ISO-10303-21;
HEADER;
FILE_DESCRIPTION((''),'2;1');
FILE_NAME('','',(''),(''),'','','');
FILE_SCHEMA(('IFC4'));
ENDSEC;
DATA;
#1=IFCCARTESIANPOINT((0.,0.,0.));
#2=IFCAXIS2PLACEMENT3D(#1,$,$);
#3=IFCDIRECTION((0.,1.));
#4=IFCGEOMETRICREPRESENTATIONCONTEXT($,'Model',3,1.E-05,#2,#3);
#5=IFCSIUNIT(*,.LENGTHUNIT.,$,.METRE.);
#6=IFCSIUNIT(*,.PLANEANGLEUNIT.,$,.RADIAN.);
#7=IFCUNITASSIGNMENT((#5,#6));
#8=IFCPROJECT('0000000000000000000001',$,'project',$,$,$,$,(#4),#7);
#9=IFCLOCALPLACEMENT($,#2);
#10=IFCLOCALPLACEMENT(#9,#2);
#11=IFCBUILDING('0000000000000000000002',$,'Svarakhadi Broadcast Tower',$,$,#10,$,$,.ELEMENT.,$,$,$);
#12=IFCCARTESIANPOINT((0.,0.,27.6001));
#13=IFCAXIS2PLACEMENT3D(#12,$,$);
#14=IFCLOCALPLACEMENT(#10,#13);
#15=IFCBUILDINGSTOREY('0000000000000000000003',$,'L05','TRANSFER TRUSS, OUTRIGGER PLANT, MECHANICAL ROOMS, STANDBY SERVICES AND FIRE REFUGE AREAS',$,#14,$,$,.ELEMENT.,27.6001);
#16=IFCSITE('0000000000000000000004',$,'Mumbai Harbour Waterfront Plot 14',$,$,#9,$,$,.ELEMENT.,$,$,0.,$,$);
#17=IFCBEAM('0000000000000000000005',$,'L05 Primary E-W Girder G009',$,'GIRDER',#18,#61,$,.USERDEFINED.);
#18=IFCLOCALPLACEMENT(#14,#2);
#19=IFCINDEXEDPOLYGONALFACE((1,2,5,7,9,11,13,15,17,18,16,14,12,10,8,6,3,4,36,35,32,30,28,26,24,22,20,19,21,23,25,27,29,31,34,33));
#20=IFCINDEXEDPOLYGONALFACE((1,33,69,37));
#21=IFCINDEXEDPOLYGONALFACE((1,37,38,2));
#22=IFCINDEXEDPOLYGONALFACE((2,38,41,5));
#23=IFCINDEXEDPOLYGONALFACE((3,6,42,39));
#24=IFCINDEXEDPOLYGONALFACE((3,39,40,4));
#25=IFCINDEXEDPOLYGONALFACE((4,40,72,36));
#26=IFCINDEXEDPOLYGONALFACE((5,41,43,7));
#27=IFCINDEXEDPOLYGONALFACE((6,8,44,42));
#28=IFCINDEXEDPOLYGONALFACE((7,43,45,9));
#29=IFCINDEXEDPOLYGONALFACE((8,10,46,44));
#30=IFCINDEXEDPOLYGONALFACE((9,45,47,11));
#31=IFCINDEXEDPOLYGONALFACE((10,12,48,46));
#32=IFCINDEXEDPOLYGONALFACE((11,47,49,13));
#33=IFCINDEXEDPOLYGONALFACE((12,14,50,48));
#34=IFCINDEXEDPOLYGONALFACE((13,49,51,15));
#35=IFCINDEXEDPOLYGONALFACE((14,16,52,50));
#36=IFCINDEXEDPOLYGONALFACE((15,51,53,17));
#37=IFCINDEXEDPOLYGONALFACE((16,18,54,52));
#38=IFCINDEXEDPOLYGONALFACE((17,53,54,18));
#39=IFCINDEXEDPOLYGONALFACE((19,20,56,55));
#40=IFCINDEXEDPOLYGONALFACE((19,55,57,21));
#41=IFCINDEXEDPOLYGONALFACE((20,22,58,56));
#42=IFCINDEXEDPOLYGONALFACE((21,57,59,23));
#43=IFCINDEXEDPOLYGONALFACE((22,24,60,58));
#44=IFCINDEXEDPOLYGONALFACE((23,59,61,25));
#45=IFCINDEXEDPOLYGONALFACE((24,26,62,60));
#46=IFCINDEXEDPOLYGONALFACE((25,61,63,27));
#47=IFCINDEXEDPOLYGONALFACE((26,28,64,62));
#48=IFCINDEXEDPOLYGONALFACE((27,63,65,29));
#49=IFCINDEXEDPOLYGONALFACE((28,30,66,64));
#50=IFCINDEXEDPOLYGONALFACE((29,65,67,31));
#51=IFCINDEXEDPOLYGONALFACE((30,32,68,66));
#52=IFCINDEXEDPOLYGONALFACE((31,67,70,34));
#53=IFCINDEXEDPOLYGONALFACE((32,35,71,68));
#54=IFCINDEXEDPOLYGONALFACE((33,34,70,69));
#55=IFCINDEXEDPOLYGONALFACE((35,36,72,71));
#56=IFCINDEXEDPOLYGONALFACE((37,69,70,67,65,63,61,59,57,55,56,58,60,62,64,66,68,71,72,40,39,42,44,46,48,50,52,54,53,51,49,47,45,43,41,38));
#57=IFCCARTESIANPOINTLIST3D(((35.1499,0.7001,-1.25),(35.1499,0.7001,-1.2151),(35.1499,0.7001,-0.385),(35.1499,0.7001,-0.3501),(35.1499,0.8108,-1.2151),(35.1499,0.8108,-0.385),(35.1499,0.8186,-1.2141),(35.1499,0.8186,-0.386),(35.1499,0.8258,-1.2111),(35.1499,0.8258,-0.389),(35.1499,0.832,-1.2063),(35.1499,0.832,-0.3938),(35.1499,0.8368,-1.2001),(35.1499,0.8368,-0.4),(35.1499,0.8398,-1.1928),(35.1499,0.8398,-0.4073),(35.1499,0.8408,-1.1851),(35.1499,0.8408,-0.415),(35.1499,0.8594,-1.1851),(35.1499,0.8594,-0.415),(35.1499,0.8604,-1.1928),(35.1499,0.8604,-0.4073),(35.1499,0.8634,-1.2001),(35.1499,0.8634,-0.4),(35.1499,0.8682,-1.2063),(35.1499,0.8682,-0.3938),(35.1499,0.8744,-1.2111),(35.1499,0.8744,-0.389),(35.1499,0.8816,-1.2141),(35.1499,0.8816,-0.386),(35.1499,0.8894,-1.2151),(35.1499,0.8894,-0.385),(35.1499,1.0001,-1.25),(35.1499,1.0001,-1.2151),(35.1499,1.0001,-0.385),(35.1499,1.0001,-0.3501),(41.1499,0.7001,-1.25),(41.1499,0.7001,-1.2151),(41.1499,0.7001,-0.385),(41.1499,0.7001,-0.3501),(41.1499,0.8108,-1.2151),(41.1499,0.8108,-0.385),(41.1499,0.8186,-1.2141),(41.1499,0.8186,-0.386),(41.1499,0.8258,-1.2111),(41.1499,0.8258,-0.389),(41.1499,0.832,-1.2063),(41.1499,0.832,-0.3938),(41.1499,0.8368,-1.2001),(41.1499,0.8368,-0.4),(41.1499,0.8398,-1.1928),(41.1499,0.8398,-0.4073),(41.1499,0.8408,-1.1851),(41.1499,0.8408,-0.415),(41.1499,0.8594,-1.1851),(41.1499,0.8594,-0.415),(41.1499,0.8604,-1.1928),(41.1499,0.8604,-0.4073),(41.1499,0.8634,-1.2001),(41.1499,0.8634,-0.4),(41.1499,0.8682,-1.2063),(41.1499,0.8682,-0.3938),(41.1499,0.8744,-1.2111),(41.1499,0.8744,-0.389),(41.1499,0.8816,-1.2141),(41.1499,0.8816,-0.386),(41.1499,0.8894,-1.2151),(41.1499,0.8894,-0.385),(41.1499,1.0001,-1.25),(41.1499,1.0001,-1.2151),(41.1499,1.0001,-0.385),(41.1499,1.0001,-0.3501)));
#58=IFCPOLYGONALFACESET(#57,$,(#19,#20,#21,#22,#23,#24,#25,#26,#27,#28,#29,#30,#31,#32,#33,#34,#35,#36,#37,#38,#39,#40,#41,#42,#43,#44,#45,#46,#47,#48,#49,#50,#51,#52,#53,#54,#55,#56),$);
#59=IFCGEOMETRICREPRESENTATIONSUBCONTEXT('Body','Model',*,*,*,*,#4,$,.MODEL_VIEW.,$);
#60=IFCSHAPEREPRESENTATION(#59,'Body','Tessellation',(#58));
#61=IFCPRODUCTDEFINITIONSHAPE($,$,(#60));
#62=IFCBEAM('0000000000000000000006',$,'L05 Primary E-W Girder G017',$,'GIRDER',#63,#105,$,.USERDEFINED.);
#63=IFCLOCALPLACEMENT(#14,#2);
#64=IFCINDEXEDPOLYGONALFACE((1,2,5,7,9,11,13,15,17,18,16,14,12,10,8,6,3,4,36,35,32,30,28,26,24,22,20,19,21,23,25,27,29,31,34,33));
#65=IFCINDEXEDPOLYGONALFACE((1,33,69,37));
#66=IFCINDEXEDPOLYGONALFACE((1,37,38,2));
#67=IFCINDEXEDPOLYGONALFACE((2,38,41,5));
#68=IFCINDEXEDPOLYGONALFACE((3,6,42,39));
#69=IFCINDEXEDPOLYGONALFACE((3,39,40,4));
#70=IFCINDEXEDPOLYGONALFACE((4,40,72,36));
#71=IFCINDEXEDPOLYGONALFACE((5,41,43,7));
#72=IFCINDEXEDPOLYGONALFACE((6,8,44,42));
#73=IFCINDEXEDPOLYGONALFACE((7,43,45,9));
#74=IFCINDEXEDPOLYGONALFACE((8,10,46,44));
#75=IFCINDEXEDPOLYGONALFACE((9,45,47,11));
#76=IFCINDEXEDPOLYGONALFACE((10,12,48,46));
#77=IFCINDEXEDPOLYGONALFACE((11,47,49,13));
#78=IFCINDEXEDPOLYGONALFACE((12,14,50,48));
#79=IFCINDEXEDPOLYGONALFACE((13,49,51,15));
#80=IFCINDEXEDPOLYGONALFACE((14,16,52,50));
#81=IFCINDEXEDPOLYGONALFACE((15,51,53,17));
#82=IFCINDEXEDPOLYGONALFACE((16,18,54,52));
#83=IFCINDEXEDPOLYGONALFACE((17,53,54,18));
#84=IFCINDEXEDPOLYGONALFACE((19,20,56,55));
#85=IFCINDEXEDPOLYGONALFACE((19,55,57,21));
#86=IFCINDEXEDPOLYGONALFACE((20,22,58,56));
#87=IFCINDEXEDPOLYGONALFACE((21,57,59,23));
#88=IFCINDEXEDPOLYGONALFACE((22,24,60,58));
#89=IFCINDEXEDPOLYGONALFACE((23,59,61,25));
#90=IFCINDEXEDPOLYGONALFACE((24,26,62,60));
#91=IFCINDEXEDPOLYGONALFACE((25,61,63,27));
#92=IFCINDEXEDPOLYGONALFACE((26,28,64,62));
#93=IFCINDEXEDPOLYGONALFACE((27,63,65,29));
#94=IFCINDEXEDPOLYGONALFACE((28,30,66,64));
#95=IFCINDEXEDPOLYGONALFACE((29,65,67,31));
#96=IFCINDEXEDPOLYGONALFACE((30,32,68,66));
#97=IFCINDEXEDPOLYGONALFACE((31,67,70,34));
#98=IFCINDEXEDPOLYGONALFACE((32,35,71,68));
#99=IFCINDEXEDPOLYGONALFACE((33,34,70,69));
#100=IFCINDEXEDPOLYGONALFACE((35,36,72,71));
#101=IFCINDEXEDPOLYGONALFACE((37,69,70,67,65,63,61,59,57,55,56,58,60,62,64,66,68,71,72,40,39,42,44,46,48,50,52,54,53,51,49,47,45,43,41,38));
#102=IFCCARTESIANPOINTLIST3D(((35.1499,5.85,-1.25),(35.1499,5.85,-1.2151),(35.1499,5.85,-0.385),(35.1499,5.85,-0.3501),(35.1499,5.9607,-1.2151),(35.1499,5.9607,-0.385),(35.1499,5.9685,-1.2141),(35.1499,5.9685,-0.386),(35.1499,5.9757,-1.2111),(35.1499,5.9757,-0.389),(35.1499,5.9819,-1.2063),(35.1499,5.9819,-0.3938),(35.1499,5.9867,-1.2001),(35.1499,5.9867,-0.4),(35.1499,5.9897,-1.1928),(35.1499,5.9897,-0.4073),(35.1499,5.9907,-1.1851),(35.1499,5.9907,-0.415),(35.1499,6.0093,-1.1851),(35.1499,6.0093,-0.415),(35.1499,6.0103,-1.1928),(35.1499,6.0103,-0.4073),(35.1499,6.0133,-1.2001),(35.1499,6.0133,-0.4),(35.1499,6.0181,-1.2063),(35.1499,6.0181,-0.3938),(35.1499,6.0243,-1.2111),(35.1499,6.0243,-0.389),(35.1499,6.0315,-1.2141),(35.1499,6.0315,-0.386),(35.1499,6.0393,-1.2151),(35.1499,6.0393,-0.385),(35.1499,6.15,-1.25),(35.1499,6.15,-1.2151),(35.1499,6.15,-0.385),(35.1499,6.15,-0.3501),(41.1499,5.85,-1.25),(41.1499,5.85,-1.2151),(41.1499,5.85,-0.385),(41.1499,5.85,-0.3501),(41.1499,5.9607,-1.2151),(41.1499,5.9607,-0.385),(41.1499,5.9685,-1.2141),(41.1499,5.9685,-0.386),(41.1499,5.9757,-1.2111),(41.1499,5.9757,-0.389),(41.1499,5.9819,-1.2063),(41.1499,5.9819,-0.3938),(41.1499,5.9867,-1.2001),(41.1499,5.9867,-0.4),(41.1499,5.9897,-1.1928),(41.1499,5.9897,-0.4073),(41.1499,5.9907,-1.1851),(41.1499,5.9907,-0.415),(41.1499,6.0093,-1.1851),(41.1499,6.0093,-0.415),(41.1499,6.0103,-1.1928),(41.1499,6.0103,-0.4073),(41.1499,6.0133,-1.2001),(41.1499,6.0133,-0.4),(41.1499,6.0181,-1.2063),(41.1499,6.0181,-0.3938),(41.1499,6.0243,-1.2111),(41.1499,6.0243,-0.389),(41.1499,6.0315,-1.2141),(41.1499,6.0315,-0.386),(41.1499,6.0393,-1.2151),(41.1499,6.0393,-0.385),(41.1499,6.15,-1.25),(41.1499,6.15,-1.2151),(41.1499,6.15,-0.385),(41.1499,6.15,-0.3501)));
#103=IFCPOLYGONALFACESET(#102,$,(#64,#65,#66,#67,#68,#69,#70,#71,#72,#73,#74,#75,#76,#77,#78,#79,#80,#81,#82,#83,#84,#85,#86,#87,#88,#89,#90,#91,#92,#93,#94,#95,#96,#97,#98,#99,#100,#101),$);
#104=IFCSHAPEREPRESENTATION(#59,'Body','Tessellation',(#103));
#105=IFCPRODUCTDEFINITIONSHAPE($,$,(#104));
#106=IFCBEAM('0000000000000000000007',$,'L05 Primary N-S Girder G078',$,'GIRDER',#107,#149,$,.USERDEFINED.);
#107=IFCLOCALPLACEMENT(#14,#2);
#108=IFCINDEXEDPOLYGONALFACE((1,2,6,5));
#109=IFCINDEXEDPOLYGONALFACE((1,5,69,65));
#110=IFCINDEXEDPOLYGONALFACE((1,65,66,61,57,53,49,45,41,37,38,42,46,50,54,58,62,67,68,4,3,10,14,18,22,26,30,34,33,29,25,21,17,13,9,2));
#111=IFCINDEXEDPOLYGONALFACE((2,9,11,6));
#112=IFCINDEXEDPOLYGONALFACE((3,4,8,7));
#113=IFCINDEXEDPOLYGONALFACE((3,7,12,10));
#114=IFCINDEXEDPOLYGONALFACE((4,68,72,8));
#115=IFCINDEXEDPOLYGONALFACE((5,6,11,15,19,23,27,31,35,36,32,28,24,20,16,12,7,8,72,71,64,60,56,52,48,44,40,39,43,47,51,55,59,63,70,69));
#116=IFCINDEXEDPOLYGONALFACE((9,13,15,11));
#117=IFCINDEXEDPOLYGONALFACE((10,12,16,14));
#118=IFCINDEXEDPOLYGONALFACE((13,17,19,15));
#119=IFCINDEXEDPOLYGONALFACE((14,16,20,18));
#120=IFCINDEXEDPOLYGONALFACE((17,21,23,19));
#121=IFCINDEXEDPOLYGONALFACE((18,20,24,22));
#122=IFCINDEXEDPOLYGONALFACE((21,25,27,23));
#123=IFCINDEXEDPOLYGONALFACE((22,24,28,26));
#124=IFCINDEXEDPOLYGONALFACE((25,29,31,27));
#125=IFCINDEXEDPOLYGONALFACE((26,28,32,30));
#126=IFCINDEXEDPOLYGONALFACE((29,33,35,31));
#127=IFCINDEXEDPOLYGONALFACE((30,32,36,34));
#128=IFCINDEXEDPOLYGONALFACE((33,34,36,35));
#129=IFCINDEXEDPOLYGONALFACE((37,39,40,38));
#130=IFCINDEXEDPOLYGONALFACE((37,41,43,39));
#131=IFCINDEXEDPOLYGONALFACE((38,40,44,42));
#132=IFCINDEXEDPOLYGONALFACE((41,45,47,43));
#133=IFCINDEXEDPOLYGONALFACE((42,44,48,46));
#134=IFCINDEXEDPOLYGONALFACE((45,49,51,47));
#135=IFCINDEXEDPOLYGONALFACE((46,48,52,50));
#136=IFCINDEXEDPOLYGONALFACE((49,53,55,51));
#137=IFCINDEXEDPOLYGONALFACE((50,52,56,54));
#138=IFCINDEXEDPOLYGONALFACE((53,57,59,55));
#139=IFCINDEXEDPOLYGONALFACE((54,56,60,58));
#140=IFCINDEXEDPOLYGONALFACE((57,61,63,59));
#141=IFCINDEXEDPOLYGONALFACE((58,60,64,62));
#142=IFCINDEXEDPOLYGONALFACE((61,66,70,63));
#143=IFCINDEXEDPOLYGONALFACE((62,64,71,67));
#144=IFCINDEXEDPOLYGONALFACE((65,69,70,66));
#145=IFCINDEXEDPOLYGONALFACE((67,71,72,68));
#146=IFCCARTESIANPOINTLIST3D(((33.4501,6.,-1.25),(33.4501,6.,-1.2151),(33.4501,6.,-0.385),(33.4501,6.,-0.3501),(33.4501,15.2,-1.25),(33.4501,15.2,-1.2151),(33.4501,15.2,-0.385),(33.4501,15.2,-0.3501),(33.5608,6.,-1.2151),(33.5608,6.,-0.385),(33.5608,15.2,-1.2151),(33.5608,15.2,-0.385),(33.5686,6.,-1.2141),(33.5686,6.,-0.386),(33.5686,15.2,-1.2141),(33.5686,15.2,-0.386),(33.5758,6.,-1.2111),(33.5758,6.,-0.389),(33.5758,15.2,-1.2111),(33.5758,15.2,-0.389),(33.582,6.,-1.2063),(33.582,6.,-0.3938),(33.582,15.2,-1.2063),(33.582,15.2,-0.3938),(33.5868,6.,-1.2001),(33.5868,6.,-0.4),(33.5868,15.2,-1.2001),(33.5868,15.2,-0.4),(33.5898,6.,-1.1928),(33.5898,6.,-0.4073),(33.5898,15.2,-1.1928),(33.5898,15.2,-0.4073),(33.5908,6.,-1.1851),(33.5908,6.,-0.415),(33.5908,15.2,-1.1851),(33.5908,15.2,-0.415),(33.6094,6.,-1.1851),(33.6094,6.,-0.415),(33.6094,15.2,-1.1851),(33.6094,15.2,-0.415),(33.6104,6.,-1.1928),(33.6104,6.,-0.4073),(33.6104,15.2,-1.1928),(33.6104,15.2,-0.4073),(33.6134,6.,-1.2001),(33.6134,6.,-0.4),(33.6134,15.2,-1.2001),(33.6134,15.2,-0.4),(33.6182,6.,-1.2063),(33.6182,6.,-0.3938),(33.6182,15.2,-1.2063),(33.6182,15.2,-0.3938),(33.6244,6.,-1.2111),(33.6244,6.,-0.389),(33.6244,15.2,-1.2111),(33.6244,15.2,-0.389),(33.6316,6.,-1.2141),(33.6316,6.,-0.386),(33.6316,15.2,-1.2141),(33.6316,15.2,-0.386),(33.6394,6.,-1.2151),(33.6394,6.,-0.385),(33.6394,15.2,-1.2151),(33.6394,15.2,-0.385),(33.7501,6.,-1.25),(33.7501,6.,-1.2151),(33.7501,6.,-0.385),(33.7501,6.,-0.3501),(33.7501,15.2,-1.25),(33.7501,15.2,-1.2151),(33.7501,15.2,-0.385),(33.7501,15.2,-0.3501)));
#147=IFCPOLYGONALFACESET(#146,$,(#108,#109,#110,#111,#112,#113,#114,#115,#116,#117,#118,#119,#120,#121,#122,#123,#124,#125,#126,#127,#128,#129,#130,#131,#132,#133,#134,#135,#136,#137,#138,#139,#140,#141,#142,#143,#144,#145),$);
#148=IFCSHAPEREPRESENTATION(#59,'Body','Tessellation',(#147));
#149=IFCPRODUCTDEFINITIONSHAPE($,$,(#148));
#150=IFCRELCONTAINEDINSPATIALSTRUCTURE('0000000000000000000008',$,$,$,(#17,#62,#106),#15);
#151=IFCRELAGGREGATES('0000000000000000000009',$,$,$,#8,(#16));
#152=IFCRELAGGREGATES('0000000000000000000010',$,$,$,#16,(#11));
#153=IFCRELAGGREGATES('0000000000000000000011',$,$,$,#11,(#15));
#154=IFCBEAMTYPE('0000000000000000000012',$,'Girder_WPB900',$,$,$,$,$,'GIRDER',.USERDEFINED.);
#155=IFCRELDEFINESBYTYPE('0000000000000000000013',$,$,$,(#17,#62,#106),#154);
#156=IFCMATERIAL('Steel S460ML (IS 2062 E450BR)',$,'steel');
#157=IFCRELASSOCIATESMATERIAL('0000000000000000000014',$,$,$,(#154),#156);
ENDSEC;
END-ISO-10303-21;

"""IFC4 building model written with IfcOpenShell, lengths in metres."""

from ifc_helpers import new_model, si_unit, direction, frame, origin, origin_2d, place, context, subcontext, project, spatial, i_section, extrude, material, material_profile, profile_set, type_object, element, save


model = new_model("IFC4")

# Units and contexts
model_context = context("Model", 3, precision=1e-05, world=origin(), true_north=direction((0.0, 1.0)))
body_context = subcontext(model_context, "Body", "Model", "MODEL_VIEW")
ifc_project = project(units=[si_unit("LENGTHUNIT", "METRE"), si_unit("PLANEANGLEUNIT", "RADIAN")], contexts=[model_context])

# Site, building, storey
site_placement = place(None, origin())
site = spatial("IfcSite", under=ifc_project, at=site_placement, Name="Mumbai Harbour Waterfront Plot 14", CompositionType="ELEMENT", RefElevation=0.0)
building_placement = place(site_placement, origin())
building = spatial("IfcBuilding", under=site, at=building_placement, Name="Svarakhadi Broadcast Tower", CompositionType="ELEMENT")
storey_placement = place(building_placement, frame((0.0, 0.0, 27.6001)))
storey = spatial("IfcBuildingStorey", under=building, at=storey_placement, Name="L05", Description="TRANSFER TRUSS, OUTRIGGER PLANT, MECHANICAL ROOMS, STANDBY SERVICES AND FIRE REFUGE AREAS", CompositionType="ELEMENT", Elevation=27.6001)

# Shared definitions
ifc_material_1 = material(Name="Steel S460ML (IS 2062 E450BR)", Category="steel")

# Beams
ifc_material_profile_1 = material_profile(ifc_material_1, i_section(OverallWidth=0.3, OverallDepth=0.8999, WebThickness=0.0186, FlangeThickness=0.0349, FilletRadius=0.03, at=origin_2d()), Name="WPB 900x300x291")
ifc_profile_set_1 = profile_set([ifc_material_profile_1], Name="Steel S460ML (IS 2062 E450BR)")
beam_type_1 = type_object("IfcBeamType", Name="Girder_WPB900", ElementType="GIRDER", PredefinedType="USERDEFINED", material=ifc_profile_set_1)
for number, where, z_axis, x_axis, name in (
    (1, (35.1499, 0.8501, -0.8), (1.0, 0.0, 0.0), (0.0, 1.0, 0.0), "L05 Primary E-W Girder G009"),
    (2, (35.1499, 6.0, -0.8), (1.0, 0.0, 0.0), (0.0, 1.0, 0.0), "L05 Primary E-W Girder G017"),
):
    element("IfcBeam", number, at=place(storey_placement, frame(where, z_axis=z_axis, x_axis=x_axis)), inside=storey, type_object=beam_type_1, Name=name, ObjectType="GIRDER", PredefinedType="USERDEFINED", context=body_context, shape_type="SweptSolid", body=[
        extrude(i_section(OverallWidth=0.3, OverallDepth=0.8999, WebThickness=0.0186, FlangeThickness=0.0349, FilletRadius=0.03, at=origin_2d()), origin(), (0.0, 0.0, 1.0), 6.0),
    ])
beam_1_placement = place(storey_placement, frame((33.6001, 6.0, -0.8), z_axis=(0.0, 1.0, 0.0), x_axis=(-1.0, 0.0, 0.0)))
element("IfcBeam", 3, at=beam_1_placement, inside=storey, type_object=beam_type_1, Name="L05 Primary N-S Girder G078", ObjectType="GIRDER", PredefinedType="USERDEFINED", context=body_context, shape_type="SweptSolid", body=[
    extrude(i_section(OverallWidth=0.3, OverallDepth=0.8999, WebThickness=0.0186, FlangeThickness=0.0349, FilletRadius=0.03, at=origin_2d()), origin(), (0.0, 0.0, 1.0), 9.2),
])

save(model, "model.ifc")
